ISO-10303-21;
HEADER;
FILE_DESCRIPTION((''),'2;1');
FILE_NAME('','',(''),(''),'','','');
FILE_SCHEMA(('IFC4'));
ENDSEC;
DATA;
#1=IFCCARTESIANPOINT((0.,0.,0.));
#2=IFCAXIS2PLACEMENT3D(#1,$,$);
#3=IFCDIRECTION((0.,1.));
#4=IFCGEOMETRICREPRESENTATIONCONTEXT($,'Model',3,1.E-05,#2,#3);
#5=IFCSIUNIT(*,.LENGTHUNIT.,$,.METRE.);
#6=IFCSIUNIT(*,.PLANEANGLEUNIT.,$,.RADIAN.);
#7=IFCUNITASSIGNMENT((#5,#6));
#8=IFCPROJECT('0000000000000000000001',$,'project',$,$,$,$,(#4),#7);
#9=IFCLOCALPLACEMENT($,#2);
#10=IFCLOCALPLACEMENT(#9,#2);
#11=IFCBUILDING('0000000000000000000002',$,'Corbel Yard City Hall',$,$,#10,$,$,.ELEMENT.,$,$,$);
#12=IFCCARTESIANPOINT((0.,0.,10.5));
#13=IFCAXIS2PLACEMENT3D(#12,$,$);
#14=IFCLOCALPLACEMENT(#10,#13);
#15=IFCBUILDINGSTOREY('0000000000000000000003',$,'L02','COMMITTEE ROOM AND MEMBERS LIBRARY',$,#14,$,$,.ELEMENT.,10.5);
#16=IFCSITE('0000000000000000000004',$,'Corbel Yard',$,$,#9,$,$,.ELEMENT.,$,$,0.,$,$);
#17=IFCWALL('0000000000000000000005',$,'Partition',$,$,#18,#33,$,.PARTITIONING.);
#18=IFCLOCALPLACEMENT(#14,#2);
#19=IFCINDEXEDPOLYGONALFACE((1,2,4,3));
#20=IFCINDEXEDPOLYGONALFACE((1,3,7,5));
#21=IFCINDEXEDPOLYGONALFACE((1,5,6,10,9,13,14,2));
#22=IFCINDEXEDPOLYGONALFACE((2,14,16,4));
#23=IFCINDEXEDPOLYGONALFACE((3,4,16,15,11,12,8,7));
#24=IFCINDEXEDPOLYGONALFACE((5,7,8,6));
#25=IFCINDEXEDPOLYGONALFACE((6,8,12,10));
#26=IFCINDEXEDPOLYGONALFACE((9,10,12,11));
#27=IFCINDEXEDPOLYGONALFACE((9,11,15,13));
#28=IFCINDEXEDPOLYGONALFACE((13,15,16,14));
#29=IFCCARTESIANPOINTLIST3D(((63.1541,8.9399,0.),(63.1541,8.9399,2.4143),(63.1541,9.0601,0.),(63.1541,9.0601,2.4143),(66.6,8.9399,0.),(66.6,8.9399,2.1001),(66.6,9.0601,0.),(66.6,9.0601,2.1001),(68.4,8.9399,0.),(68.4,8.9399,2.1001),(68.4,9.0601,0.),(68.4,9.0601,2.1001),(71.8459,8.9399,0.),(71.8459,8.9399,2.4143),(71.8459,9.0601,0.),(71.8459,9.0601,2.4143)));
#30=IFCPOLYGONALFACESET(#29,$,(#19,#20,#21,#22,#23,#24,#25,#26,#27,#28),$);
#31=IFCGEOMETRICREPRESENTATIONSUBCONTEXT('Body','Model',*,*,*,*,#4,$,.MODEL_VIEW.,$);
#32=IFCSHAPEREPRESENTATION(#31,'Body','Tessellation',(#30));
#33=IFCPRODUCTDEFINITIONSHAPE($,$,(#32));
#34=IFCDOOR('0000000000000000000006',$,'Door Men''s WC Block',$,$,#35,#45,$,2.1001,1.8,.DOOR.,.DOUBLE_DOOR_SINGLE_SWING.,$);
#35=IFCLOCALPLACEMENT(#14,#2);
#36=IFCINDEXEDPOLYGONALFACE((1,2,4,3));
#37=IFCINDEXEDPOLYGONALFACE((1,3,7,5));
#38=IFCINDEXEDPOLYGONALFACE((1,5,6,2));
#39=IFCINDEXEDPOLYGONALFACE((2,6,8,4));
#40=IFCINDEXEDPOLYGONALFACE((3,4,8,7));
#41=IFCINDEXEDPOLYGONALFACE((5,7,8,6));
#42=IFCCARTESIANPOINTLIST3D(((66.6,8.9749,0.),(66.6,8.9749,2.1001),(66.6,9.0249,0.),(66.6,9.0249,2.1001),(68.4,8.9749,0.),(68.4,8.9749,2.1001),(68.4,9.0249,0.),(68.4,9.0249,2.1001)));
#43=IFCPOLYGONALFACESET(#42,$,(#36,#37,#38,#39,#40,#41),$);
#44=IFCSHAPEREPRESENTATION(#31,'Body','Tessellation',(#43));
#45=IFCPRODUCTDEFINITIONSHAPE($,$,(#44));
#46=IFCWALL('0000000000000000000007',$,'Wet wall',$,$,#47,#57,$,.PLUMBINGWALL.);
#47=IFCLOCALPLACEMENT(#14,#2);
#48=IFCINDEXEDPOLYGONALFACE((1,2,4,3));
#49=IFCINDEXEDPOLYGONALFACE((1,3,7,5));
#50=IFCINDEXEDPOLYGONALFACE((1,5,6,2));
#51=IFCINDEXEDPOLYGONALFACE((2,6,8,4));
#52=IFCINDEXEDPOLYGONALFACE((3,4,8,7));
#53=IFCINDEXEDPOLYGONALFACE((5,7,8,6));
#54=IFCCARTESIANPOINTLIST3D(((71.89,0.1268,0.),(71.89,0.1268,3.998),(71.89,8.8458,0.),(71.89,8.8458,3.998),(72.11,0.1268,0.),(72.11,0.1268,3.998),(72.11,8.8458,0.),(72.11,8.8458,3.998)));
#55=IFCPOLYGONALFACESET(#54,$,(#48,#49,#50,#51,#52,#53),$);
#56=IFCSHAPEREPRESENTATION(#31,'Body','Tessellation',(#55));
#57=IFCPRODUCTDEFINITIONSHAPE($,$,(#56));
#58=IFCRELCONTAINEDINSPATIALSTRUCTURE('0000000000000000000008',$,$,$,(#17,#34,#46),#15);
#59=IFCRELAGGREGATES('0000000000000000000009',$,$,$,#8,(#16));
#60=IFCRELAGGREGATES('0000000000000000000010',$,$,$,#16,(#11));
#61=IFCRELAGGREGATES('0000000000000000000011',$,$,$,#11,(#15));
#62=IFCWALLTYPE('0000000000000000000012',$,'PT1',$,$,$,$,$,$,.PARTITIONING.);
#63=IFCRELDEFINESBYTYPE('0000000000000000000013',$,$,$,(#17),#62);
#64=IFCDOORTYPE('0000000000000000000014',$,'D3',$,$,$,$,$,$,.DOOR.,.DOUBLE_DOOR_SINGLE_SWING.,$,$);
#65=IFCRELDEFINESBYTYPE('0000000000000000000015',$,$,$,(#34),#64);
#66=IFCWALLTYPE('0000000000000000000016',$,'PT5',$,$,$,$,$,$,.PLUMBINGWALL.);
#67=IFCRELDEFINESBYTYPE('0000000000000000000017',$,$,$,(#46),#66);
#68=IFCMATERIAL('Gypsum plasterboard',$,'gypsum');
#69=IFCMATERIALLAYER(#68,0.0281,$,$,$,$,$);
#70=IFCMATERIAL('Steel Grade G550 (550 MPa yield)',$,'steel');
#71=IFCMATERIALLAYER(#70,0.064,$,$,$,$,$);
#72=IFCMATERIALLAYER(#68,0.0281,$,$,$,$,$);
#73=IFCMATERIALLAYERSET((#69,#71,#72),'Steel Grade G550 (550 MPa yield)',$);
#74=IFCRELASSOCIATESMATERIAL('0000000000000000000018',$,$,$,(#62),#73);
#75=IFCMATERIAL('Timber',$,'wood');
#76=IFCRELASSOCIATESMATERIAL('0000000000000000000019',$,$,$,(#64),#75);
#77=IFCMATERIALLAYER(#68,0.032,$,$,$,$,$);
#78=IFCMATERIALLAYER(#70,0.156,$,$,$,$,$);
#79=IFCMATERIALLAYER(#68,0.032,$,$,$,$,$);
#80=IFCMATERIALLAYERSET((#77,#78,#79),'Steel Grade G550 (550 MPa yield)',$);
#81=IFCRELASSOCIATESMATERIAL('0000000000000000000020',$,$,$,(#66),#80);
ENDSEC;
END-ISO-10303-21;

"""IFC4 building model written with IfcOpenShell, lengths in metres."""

from ifc_helpers import new_model, si_unit, direction, frame, frame_2d, origin, place, context, subcontext, project, spatial, rectangle, extrude, material, layer, layer_set, type_object, element, fill, save


model = new_model("IFC4")

# Units and contexts
model_context = context("Model", 3, precision=1e-05, world=origin(), true_north=direction((0.0, 1.0)))
body_context = subcontext(model_context, "Body", "Model", "MODEL_VIEW")
ifc_project = project(units=[si_unit("LENGTHUNIT", "METRE"), si_unit("PLANEANGLEUNIT", "RADIAN")], contexts=[model_context])

# Site, building, storey
site_placement = place(None, origin())
site = spatial("IfcSite", under=ifc_project, at=site_placement, Name="Corbel Yard", CompositionType="ELEMENT", RefElevation=0.0)
building_placement = place(site_placement, origin())
building = spatial("IfcBuilding", under=site, at=building_placement, Name="Corbel Yard City Hall", CompositionType="ELEMENT")
storey_placement = place(building_placement, frame((0.0, 0.0, 10.5)))
storey = spatial("IfcBuildingStorey", under=building, at=storey_placement, Name="L02", Description="COMMITTEE ROOM AND MEMBERS LIBRARY", CompositionType="ELEMENT", Elevation=10.5)

# Shared definitions
ifc_material_1 = material(Name="Gypsum plasterboard", Category="gypsum")

# Wall, opening, door
ifc_layer_1 = layer(ifc_material_1, 0.0281)
ifc_material_2 = material(Name="Steel Grade G550 (550 MPa yield)", Category="steel")
ifc_layer_2 = layer(ifc_material_2, 0.064)
ifc_layer_3 = layer(ifc_material_1, 0.0281)
ifc_layer_set_1 = layer_set([ifc_layer_1, ifc_layer_2, ifc_layer_3], Name="Steel Grade G550 (550 MPa yield)")
wall_type_1 = type_object("IfcWallType", Name="PT1", PredefinedType="PARTITIONING", material=ifc_layer_set_1)
wall_1_placement = place(storey_placement, frame((63.1541, 9.0, 0.0), z_axis=(0.0, 0.0, 1.0), x_axis=(1.0, 0.0, 0.0)))
wall_1 = element("IfcWall", 1, at=wall_1_placement, inside=storey, type_object=wall_type_1, Name="Partition", PredefinedType="PARTITIONING", context=body_context, shape_type="SweptSolid", body=[
    extrude(rectangle(XDim=8.6919, YDim=0.1201, at=frame_2d((4.3459, 0.0))), origin(), (0.0, 0.0, 1.0), 2.4143),
])
opening_placement = place(wall_1_placement, frame((3.446, 0.0, 0.0)))
opening = element("IfcOpeningElement", 2, at=opening_placement, cuts=wall_1, PredefinedType="OPENING", context=body_context, shape_type="SweptSolid", body=[
    extrude(rectangle(XDim=1.8, YDim=2.1001, at=frame_2d((0.8999, 1.05))), frame((0.0, 0.0701, 0.0), z_axis=(0.0, -1.0, 0.0), x_axis=(1.0, 0.0, 0.0)), (0.0, 0.0, 1.0), 0.1401),
])
ifc_material_3 = material(Name="Timber", Category="wood")
door_type = type_object("IfcDoorType", Name="D3", OperationType="DOUBLE_DOOR_SINGLE_SWING", PredefinedType="DOOR", material=ifc_material_3)
door_placement = place(opening_placement, origin())
door = element("IfcDoor", 3, at=door_placement, inside=storey, type_object=door_type, Name="Door Men's WC Block", OperationType="DOUBLE_DOOR_SINGLE_SWING", OverallHeight=2.1001, OverallWidth=1.8, PredefinedType="DOOR", context=body_context, shape_type="SweptSolid", body=[
    extrude(rectangle(XDim=1.8, YDim=2.1001, at=frame_2d((0.8999, 1.05))), frame((0.0, 0.0249, 0.0), z_axis=(0.0, -1.0, 0.0), x_axis=(1.0, 0.0, 0.0)), (0.0, 0.0, 1.0), 0.05),
])
fill(opening, door)

# Wall
ifc_layer_4 = layer(ifc_material_1, 0.032)
ifc_layer_5 = layer(ifc_material_2, 0.156)
ifc_layer_6 = layer(ifc_material_1, 0.032)
ifc_layer_set_2 = layer_set([ifc_layer_4, ifc_layer_5, ifc_layer_6], Name="Steel Grade G550 (550 MPa yield)")
wall_type_2 = type_object("IfcWallType", Name="PT5", PredefinedType="PLUMBINGWALL", material=ifc_layer_set_2)
wall_2_placement = place(storey_placement, frame((72.0, 0.127, 0.0), z_axis=(0.0, 0.0, 1.0), x_axis=(0.0, 1.0, 0.0)))
element("IfcWall", 4, at=wall_2_placement, inside=storey, type_object=wall_type_2, Name="Wet wall", PredefinedType="PLUMBINGWALL", context=body_context, shape_type="SweptSolid", body=[
    extrude(rectangle(XDim=8.719, YDim=0.22, at=frame_2d((4.3594, 0.0))), origin(), (0.0, 0.0, 1.0), 3.998),
])

save(model, "model.ifc")
